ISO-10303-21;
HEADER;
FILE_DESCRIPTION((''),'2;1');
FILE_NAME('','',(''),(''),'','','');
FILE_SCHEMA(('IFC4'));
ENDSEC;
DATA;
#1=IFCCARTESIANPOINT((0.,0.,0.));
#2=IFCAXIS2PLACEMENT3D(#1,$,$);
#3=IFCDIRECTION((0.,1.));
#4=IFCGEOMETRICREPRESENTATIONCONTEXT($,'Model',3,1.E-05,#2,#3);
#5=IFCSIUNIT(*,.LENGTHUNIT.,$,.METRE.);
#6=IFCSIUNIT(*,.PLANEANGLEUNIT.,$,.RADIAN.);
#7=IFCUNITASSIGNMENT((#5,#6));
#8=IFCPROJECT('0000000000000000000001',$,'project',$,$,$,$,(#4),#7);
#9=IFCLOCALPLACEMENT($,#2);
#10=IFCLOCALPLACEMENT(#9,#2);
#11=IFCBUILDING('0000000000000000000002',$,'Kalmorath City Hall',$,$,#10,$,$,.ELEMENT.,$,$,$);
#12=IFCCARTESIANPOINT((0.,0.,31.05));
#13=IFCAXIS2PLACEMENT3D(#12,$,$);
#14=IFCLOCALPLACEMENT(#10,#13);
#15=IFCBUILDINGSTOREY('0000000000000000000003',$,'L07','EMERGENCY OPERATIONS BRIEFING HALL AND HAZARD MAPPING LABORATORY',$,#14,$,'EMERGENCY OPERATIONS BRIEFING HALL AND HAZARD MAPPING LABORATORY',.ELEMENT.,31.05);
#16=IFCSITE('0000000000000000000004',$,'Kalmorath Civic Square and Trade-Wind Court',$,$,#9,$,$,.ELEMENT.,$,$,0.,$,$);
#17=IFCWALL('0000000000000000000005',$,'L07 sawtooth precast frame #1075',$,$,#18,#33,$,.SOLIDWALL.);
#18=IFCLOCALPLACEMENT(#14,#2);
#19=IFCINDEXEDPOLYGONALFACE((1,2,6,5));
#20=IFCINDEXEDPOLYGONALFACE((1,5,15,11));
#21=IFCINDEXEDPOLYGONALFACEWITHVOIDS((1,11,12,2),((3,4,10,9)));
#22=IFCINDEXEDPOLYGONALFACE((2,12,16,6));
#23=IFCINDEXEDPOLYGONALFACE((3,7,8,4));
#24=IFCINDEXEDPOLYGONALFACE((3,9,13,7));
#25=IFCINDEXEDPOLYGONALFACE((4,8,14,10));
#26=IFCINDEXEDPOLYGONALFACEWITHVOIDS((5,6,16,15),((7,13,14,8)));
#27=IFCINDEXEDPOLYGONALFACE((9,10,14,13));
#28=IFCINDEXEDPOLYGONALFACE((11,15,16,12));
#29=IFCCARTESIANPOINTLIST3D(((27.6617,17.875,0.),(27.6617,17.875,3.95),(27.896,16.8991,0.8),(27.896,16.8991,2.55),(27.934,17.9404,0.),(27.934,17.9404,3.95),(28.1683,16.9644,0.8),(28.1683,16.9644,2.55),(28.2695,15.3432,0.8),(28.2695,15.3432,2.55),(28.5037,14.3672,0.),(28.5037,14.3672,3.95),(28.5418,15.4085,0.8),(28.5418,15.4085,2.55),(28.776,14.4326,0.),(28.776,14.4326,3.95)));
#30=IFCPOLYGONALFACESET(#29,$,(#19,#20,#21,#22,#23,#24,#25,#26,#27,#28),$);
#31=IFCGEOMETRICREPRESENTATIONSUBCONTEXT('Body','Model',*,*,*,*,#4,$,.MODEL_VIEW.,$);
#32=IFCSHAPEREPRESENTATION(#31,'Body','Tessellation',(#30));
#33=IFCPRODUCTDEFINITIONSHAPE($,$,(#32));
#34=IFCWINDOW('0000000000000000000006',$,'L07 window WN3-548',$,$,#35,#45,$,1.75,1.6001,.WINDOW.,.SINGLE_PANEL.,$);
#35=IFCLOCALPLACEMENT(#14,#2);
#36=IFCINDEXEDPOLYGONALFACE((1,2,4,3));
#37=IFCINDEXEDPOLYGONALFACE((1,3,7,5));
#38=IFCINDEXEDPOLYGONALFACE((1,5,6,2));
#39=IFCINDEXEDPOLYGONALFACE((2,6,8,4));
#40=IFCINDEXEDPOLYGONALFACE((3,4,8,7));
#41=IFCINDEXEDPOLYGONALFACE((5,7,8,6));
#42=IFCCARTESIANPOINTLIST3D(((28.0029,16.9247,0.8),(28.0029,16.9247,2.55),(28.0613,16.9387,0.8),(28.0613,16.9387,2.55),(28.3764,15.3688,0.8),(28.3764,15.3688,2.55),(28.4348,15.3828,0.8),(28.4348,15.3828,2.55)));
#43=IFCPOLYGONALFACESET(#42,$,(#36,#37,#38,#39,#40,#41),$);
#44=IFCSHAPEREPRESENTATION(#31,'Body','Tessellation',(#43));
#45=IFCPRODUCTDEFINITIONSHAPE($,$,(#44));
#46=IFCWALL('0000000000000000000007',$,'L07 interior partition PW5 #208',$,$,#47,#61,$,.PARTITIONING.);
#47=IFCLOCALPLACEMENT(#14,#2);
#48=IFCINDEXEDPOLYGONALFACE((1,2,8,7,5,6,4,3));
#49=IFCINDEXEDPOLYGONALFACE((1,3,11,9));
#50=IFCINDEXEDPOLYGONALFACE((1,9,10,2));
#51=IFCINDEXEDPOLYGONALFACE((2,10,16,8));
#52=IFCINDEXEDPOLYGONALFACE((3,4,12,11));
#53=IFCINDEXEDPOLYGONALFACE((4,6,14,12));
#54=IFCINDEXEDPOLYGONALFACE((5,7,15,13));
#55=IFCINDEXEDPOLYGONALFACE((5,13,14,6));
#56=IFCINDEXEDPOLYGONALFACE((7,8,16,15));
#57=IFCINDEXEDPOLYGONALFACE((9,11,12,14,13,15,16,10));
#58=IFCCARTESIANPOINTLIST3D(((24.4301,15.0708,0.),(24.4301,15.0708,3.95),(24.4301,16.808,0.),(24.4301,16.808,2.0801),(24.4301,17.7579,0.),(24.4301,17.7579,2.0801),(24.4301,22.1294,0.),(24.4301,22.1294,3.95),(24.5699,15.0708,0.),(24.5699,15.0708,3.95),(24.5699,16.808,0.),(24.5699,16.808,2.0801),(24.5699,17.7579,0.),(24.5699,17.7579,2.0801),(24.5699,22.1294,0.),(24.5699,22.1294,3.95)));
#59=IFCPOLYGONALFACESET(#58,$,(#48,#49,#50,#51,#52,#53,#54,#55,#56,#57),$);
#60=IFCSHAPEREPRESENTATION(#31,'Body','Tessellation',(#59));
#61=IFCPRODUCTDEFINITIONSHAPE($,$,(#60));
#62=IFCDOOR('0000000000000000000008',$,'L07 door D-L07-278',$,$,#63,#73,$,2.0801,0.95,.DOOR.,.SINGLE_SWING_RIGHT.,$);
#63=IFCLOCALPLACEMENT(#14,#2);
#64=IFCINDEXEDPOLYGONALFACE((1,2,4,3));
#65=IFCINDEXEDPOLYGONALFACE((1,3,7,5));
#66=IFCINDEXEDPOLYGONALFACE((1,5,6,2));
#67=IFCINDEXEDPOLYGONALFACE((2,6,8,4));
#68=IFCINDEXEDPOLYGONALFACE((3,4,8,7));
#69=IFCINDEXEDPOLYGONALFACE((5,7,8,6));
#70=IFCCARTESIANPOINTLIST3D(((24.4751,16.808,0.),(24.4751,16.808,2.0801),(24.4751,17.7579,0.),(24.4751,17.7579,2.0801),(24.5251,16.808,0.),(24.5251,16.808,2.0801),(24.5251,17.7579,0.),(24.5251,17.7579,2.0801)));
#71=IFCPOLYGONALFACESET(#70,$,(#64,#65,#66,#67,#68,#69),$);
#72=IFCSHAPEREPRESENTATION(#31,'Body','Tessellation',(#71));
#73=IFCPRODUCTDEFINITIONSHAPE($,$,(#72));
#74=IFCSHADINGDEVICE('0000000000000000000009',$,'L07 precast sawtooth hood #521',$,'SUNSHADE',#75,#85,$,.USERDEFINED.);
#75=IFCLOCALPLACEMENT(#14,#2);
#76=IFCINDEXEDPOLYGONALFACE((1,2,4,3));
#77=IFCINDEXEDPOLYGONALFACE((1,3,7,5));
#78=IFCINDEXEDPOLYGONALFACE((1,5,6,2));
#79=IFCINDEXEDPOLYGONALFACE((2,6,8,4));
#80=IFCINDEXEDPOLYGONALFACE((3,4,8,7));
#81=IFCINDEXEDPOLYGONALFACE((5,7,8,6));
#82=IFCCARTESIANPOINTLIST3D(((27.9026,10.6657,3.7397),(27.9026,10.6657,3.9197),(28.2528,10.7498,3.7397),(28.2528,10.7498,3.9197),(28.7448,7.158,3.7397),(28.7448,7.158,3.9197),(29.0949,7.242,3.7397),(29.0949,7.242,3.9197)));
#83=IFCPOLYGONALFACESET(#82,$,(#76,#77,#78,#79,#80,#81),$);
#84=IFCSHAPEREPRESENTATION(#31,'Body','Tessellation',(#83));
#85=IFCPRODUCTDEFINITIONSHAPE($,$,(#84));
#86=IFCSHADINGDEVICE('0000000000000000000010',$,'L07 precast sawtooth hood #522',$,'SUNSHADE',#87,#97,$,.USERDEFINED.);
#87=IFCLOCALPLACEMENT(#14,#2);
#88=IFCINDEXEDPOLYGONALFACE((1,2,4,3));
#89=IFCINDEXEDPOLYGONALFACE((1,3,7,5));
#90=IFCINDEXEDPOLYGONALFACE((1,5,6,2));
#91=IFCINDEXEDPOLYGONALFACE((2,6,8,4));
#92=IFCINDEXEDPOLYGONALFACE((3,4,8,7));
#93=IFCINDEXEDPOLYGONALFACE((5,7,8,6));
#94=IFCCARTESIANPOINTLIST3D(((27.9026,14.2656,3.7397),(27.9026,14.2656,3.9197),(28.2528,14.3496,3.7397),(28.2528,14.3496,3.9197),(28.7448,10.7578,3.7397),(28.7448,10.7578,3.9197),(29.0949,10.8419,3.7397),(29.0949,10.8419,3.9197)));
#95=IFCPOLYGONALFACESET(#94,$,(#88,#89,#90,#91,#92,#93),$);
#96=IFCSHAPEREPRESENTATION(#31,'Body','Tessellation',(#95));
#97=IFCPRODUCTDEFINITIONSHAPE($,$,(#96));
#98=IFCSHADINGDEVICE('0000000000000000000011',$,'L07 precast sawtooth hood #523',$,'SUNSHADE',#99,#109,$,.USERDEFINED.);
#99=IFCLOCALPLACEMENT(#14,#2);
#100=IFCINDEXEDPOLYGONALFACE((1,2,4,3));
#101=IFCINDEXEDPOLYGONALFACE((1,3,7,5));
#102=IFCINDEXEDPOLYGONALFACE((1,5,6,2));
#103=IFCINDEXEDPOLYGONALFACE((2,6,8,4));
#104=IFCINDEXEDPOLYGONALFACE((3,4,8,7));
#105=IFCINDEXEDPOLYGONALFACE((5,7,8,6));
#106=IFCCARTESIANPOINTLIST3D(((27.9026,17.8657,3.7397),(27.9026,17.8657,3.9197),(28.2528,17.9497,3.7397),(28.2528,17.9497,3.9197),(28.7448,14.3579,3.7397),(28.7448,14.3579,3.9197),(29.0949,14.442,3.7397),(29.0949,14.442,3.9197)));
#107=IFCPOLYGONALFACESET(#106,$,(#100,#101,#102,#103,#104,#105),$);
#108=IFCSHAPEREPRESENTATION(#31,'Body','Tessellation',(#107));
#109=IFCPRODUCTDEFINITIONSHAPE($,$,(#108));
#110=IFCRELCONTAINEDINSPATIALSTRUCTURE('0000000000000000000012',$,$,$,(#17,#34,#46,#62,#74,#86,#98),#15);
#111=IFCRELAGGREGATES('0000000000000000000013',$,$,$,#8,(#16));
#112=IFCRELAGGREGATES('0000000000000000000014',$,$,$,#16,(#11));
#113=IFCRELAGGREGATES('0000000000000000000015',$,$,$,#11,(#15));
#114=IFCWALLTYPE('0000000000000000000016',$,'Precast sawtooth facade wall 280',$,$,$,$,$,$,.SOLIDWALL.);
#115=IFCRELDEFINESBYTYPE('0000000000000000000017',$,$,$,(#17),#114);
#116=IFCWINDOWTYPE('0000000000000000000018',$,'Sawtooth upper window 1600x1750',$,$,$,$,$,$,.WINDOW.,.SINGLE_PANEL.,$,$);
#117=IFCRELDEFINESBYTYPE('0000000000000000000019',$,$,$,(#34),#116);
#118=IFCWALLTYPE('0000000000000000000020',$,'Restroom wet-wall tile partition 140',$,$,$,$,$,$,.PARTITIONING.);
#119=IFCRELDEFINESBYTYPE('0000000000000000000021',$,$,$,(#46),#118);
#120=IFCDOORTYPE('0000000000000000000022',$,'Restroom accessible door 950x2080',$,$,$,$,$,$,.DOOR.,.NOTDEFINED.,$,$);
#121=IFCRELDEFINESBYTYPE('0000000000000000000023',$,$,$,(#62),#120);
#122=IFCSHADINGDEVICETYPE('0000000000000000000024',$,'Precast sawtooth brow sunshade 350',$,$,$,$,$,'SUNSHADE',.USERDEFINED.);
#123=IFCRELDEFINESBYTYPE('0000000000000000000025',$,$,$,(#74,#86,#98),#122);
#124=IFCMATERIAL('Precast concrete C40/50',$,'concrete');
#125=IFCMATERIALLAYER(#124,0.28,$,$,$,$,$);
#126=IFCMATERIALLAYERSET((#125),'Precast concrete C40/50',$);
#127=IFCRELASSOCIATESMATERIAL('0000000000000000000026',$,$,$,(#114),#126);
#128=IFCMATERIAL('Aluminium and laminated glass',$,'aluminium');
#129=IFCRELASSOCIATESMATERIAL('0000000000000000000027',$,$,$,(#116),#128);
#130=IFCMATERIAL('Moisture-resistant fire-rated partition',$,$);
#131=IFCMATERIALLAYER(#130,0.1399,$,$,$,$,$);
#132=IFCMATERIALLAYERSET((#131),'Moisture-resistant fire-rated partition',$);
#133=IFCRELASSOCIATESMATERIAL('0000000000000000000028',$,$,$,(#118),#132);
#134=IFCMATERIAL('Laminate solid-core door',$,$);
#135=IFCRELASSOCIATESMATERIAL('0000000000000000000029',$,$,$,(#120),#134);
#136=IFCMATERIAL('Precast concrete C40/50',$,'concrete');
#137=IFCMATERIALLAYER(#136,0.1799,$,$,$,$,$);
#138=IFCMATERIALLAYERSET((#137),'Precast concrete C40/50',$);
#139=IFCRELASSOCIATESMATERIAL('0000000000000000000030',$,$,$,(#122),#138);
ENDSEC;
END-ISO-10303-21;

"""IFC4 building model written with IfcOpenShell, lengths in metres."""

from ifc_helpers import new_model, si_unit, direction, frame, frame_2d, origin, origin_2d, place, context, subcontext, project, spatial, rectangle, extrude, material, layer, layer_set, type_object, element, fill, save


model = new_model("IFC4")

# Units and contexts
model_context = context("Model", 3, precision=1e-05, world=origin(), true_north=direction((0.0, 1.0)))
body_context = subcontext(model_context, "Body", "Model", "MODEL_VIEW")
ifc_project = project(units=[si_unit("LENGTHUNIT", "METRE"), si_unit("PLANEANGLEUNIT", "RADIAN")], contexts=[model_context])

# Site, building, storey
site_placement = place(None, origin())
site = spatial("IfcSite", under=ifc_project, at=site_placement, Name="Kalmorath Civic Square and Trade-Wind Court", CompositionType="ELEMENT", RefElevation=0.0)
building_placement = place(site_placement, origin())
building = spatial("IfcBuilding", under=site, at=building_placement, Name="Kalmorath City Hall", CompositionType="ELEMENT")
storey_placement = place(building_placement, frame((0.0, 0.0, 31.05)))
storey = spatial("IfcBuildingStorey", under=building, at=storey_placement, Name="L07", Description="EMERGENCY OPERATIONS BRIEFING HALL AND HAZARD MAPPING LABORATORY", LongName="EMERGENCY OPERATIONS BRIEFING HALL AND HAZARD MAPPING LABORATORY", CompositionType="ELEMENT", Elevation=31.05)

# Wall, opening, window
ifc_material_1 = material(Name="Precast concrete C40/50", Category="concrete")
ifc_layer_1 = layer(ifc_material_1, 0.28)
ifc_layer_set_1 = layer_set([ifc_layer_1], Name="Precast concrete C40/50")
wall_type_1 = type_object("IfcWallType", Name="Precast sawtooth facade wall 280", PredefinedType="SOLIDWALL", material=ifc_layer_set_1)
ifc_material_2 = material(Name="Aluminium and laminated glass", Category="aluminium")
window_type = type_object("IfcWindowType", Name="Sawtooth upper window 1600x1750", PartitioningType="SINGLE_PANEL", PredefinedType="WINDOW", material=ifc_material_2)
wall_1_placement = place(storey_placement, frame((28.6399, 14.3999, 0.0), z_axis=(0.0, 0.0, 1.0), x_axis=(-0.233416, 0.972377, 0.0)))
wall_1 = element("IfcWall", 1, at=wall_1_placement, inside=storey, type_object=wall_type_1, Name="L07 sawtooth precast frame #1075", PredefinedType="SOLIDWALL", context=body_context, shape_type="SweptSolid", body=[
    extrude(rectangle(XDim=3.6074, YDim=0.28, at=frame_2d((1.8037, 0.0))), origin(), (0.0, 0.0, 1.0), 3.95),
])
opening_1_placement = place(wall_1_placement, frame((1.0037, 0.0, 0.8)))
opening_1 = element("IfcOpeningElement", 2, at=opening_1_placement, cuts=wall_1, PredefinedType="OPENING", context=body_context, shape_type="SweptSolid", body=[
    extrude(rectangle(XDim=1.6001, YDim=1.75, at=frame_2d((0.8, 0.875))), frame((0.0, 0.1499, 0.0), z_axis=(0.0, -1.0, 0.0), x_axis=(1.0, 0.0, 0.0)), (0.0, 0.0, 1.0), 0.3),
])
window_1_placement = place(opening_1_placement, origin())
window_1 = element("IfcWindow", 3, at=window_1_placement, inside=storey, type_object=window_type, Name="L07 window WN3-548", OverallHeight=1.75, OverallWidth=1.6001, PartitioningType="SINGLE_PANEL", PredefinedType="WINDOW", context=body_context, shape_type="SweptSolid", body=[
    extrude(rectangle(XDim=1.6001, YDim=1.75, at=frame_2d((0.8, 0.875))), frame((0.0, 0.03, 0.0), z_axis=(0.0, -1.0, 0.0), x_axis=(1.0, 0.0, 0.0)), (0.0, 0.0, 1.0), 0.0601),
])
fill(opening_1, window_1)

# Wall, opening, door
ifc_material_3 = material(Name="Moisture-resistant fire-rated partition")
ifc_layer_2 = layer(ifc_material_3, 0.1399)
ifc_layer_set_2 = layer_set([ifc_layer_2], Name="Moisture-resistant fire-rated partition")
wall_type_2 = type_object("IfcWallType", Name="Restroom wet-wall tile partition 140", PredefinedType="PARTITIONING", material=ifc_layer_set_2)
wall_2_placement = place(storey_placement, frame((24.5, 15.0708, 0.0), z_axis=(0.0, 0.0, 1.0), x_axis=(0.0, 1.0, 0.0)))
wall_2 = element("IfcWall", 4, at=wall_2_placement, inside=storey, type_object=wall_type_2, Name="L07 interior partition PW5 #208", PredefinedType="PARTITIONING", context=body_context, shape_type="SweptSolid", body=[
    extrude(rectangle(XDim=7.0586, YDim=0.1399, at=frame_2d((3.5293, 0.0))), origin(), (0.0, 0.0, 1.0), 3.95),
])
opening_2_placement = place(wall_2_placement, frame((1.7371, 0.0, 0.0)))
opening_2 = element("IfcOpeningElement", 5, at=opening_2_placement, cuts=wall_2, PredefinedType="OPENING", context=body_context, shape_type="SweptSolid", body=[
    extrude(rectangle(XDim=0.95, YDim=2.0801, at=frame_2d((0.4751, 1.04))), frame((0.0, 0.0798, 0.0), z_axis=(0.0, -1.0, 0.0), x_axis=(1.0, 0.0, 0.0)), (0.0, 0.0, 1.0), 0.1599),
])
ifc_material_4 = material(Name="Laminate solid-core door")
door_type_1 = type_object("IfcDoorType", Name="Restroom accessible door 950x2080", OperationType="NOTDEFINED", PredefinedType="DOOR", material=ifc_material_4)
door_1_placement = place(opening_2_placement, origin())
door_1 = element("IfcDoor", 6, at=door_1_placement, inside=storey, type_object=door_type_1, Name="L07 door D-L07-278", OperationType="SINGLE_SWING_RIGHT", OverallHeight=2.0801, OverallWidth=0.95, PredefinedType="DOOR", context=body_context, shape_type="SweptSolid", body=[
    extrude(rectangle(XDim=0.95, YDim=2.0801, at=frame_2d((0.4751, 1.04))), frame((0.0, 0.0249, 0.0), z_axis=(0.0, -1.0, 0.0), x_axis=(1.0, 0.0, 0.0)), (0.0, 0.0, 1.0), 0.05),
])
fill(opening_2, door_1)

# Shading devices
ifc_material_5 = material(Name="Precast concrete C40/50", Category="concrete")
ifc_layer_3 = layer(ifc_material_5, 0.1799)
ifc_layer_set_3 = layer_set([ifc_layer_3], Name="Precast concrete C40/50")
shading_device_type = type_object("IfcShadingDeviceType", Name="Precast sawtooth brow sunshade 350", ElementType="SUNSHADE", PredefinedType="USERDEFINED", material=ifc_layer_set_3)
for number, where, z_axis, x_axis, name in (
    (7, (28.4988, 8.9539, 3.7397), (0.0, 0.0, 1.0), (-0.233445, 0.97237, 0.0), "L07 precast sawtooth hood #521"),
    (8, (28.4988, 12.5537, 3.7397), (0.0, 0.0, 1.0), (-0.233445, 0.97237, 0.0), "L07 precast sawtooth hood #522"),
    (9, (28.4988, 16.1538, 3.7397), (0.0, 0.0, 1.0), (-0.233445, 0.97237, 0.0), "L07 precast sawtooth hood #523"),
):
    element("IfcShadingDevice", number, at=place(storey_placement, frame(where, z_axis=z_axis, x_axis=x_axis)), inside=storey, type_object=shading_device_type, Name=name, ObjectType="SUNSHADE", PredefinedType="USERDEFINED", context=body_context, shape_type="SweptSolid", body=[
        extrude(rectangle(XDim=3.6074, YDim=0.3601, at=origin_2d()), origin(), (0.0, 0.0, 1.0), 0.1799),
    ])

save(model, "model.ifc")
